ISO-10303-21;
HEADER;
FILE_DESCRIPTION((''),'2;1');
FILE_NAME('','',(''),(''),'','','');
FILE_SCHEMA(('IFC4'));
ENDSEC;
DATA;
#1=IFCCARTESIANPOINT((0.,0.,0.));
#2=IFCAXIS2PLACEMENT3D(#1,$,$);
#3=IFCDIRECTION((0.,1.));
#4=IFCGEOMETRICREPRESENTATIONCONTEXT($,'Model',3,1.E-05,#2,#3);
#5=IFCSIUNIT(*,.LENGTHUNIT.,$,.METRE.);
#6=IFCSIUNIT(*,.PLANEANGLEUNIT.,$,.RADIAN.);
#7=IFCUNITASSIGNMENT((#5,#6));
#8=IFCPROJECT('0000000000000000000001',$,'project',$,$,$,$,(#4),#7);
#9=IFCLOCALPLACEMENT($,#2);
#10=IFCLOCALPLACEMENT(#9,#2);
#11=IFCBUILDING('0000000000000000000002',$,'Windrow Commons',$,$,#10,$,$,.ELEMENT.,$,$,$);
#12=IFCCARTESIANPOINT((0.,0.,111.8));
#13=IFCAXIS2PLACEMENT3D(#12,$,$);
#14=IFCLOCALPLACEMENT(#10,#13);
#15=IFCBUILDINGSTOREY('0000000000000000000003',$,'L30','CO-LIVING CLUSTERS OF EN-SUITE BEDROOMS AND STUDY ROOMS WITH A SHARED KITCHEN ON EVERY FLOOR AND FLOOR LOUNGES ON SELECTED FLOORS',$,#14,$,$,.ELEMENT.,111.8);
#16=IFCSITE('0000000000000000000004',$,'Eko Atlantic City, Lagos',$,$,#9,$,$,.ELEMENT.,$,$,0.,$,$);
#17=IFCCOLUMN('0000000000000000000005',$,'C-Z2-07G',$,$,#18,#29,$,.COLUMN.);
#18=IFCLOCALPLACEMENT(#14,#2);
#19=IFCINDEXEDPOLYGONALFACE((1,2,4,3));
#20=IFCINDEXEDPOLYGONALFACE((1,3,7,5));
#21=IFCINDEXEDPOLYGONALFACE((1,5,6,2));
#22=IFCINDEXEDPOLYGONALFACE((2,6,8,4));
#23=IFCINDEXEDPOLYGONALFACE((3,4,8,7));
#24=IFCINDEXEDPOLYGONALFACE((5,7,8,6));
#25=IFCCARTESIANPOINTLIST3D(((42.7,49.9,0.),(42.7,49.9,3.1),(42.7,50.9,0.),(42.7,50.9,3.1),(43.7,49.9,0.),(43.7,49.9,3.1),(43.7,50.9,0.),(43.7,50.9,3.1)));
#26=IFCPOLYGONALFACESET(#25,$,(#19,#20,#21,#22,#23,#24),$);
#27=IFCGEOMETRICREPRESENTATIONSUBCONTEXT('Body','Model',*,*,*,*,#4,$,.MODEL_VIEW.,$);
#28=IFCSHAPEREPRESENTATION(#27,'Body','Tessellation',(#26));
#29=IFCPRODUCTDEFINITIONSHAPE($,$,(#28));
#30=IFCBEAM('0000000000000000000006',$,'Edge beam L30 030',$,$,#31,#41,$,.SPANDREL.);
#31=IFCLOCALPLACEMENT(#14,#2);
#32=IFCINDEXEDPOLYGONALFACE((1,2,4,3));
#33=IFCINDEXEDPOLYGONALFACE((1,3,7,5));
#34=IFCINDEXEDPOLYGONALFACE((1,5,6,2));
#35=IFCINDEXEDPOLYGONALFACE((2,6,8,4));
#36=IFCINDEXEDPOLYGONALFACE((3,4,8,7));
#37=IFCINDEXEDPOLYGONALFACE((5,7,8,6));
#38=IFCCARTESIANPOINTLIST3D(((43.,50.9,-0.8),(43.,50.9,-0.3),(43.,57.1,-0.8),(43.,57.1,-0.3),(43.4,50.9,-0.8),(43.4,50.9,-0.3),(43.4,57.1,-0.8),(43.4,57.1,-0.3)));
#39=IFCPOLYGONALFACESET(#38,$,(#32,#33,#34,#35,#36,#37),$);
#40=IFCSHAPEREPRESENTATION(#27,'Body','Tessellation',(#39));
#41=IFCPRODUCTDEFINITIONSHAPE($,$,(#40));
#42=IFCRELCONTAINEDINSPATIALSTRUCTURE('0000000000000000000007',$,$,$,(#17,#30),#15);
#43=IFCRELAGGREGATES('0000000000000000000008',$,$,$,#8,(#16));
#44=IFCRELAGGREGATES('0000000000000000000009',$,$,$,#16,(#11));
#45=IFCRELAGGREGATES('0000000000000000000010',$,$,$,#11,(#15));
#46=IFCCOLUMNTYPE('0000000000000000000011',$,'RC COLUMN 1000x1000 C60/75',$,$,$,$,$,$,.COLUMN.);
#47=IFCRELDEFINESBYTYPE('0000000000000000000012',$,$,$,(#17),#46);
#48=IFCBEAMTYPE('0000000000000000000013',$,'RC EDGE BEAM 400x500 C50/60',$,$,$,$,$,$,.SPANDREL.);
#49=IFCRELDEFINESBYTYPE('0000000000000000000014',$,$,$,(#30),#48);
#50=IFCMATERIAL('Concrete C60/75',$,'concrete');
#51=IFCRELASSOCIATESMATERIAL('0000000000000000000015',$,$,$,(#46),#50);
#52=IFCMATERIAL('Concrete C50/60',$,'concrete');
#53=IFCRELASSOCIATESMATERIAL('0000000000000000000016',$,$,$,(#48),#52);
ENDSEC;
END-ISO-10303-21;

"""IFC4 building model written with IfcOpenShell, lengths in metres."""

from ifc_helpers import new_model, si_unit, direction, frame, origin, origin_2d, place, context, subcontext, project, spatial, rectangle, extrude, material, material_profile, profile_set, type_object, element, save


model = new_model("IFC4")

# Units and contexts
model_context = context("Model", 3, precision=1e-05, world=origin(), true_north=direction((0.0, 1.0)))
body_context = subcontext(model_context, "Body", "Model", "MODEL_VIEW")
ifc_project = project(units=[si_unit("LENGTHUNIT", "METRE"), si_unit("PLANEANGLEUNIT", "RADIAN")], contexts=[model_context])

# Site, building, storey
site_placement = place(None, origin())
site = spatial("IfcSite", under=ifc_project, at=site_placement, Name="Eko Atlantic City, Lagos", CompositionType="ELEMENT", RefElevation=0.0)
building_placement = place(site_placement, origin())
building = spatial("IfcBuilding", under=site, at=building_placement, Name="Windrow Commons", CompositionType="ELEMENT")
storey_placement = place(building_placement, frame((0.0, 0.0, 111.8)))
storey = spatial("IfcBuildingStorey", under=building, at=storey_placement, Name="L30", Description="CO-LIVING CLUSTERS OF EN-SUITE BEDROOMS AND STUDY ROOMS WITH A SHARED KITCHEN ON EVERY FLOOR AND FLOOR LOUNGES ON SELECTED FLOORS", CompositionType="ELEMENT", Elevation=111.8)

# Column
ifc_material_1 = material(Name="Concrete C60/75", Category="concrete")
ifc_material_profile_1 = material_profile(ifc_material_1, rectangle(XDim=1.0, YDim=1.0, at=origin_2d()))
ifc_profile_set_1 = profile_set([ifc_material_profile_1], Name="Concrete C60/75")
column_type = type_object("IfcColumnType", Name="RC COLUMN 1000x1000 C60/75", PredefinedType="COLUMN", material=ifc_profile_set_1)
column_placement = place(storey_placement, frame((43.2, 50.4, 0.0), z_axis=(0.0, 0.0, 1.0), x_axis=(1.0, 0.0, 0.0)))
element("IfcColumn", 1, at=column_placement, inside=storey, type_object=column_type, Name="C-Z2-07G", PredefinedType="COLUMN", context=body_context, shape_type="SweptSolid", body=[
    extrude(rectangle(XDim=1.0, YDim=1.0, at=origin_2d()), origin(), (0.0, 0.0, 1.0), 3.1),
])

# Beam
ifc_material_2 = material(Name="Concrete C50/60", Category="concrete")
ifc_material_profile_2 = material_profile(ifc_material_2, rectangle(XDim=0.4, YDim=0.5, at=origin_2d()))
ifc_profile_set_2 = profile_set([ifc_material_profile_2], Name="Concrete C50/60")
beam_type = type_object("IfcBeamType", Name="RC EDGE BEAM 400x500 C50/60", PredefinedType="SPANDREL", material=ifc_profile_set_2)
beam_placement = place(storey_placement, frame((43.2, 50.9, -0.55), z_axis=(0.0, 1.0, 0.0), x_axis=(-1.0, 0.0, 0.0)))
element("IfcBeam", 2, at=beam_placement, inside=storey, type_object=beam_type, Name="Edge beam L30 030", PredefinedType="SPANDREL", context=body_context, shape_type="SweptSolid", body=[
    extrude(rectangle(XDim=0.4, YDim=0.5, at=origin_2d()), origin(), (0.0, 0.0, 1.0), 6.2),
])

save(model, "model.ifc")
